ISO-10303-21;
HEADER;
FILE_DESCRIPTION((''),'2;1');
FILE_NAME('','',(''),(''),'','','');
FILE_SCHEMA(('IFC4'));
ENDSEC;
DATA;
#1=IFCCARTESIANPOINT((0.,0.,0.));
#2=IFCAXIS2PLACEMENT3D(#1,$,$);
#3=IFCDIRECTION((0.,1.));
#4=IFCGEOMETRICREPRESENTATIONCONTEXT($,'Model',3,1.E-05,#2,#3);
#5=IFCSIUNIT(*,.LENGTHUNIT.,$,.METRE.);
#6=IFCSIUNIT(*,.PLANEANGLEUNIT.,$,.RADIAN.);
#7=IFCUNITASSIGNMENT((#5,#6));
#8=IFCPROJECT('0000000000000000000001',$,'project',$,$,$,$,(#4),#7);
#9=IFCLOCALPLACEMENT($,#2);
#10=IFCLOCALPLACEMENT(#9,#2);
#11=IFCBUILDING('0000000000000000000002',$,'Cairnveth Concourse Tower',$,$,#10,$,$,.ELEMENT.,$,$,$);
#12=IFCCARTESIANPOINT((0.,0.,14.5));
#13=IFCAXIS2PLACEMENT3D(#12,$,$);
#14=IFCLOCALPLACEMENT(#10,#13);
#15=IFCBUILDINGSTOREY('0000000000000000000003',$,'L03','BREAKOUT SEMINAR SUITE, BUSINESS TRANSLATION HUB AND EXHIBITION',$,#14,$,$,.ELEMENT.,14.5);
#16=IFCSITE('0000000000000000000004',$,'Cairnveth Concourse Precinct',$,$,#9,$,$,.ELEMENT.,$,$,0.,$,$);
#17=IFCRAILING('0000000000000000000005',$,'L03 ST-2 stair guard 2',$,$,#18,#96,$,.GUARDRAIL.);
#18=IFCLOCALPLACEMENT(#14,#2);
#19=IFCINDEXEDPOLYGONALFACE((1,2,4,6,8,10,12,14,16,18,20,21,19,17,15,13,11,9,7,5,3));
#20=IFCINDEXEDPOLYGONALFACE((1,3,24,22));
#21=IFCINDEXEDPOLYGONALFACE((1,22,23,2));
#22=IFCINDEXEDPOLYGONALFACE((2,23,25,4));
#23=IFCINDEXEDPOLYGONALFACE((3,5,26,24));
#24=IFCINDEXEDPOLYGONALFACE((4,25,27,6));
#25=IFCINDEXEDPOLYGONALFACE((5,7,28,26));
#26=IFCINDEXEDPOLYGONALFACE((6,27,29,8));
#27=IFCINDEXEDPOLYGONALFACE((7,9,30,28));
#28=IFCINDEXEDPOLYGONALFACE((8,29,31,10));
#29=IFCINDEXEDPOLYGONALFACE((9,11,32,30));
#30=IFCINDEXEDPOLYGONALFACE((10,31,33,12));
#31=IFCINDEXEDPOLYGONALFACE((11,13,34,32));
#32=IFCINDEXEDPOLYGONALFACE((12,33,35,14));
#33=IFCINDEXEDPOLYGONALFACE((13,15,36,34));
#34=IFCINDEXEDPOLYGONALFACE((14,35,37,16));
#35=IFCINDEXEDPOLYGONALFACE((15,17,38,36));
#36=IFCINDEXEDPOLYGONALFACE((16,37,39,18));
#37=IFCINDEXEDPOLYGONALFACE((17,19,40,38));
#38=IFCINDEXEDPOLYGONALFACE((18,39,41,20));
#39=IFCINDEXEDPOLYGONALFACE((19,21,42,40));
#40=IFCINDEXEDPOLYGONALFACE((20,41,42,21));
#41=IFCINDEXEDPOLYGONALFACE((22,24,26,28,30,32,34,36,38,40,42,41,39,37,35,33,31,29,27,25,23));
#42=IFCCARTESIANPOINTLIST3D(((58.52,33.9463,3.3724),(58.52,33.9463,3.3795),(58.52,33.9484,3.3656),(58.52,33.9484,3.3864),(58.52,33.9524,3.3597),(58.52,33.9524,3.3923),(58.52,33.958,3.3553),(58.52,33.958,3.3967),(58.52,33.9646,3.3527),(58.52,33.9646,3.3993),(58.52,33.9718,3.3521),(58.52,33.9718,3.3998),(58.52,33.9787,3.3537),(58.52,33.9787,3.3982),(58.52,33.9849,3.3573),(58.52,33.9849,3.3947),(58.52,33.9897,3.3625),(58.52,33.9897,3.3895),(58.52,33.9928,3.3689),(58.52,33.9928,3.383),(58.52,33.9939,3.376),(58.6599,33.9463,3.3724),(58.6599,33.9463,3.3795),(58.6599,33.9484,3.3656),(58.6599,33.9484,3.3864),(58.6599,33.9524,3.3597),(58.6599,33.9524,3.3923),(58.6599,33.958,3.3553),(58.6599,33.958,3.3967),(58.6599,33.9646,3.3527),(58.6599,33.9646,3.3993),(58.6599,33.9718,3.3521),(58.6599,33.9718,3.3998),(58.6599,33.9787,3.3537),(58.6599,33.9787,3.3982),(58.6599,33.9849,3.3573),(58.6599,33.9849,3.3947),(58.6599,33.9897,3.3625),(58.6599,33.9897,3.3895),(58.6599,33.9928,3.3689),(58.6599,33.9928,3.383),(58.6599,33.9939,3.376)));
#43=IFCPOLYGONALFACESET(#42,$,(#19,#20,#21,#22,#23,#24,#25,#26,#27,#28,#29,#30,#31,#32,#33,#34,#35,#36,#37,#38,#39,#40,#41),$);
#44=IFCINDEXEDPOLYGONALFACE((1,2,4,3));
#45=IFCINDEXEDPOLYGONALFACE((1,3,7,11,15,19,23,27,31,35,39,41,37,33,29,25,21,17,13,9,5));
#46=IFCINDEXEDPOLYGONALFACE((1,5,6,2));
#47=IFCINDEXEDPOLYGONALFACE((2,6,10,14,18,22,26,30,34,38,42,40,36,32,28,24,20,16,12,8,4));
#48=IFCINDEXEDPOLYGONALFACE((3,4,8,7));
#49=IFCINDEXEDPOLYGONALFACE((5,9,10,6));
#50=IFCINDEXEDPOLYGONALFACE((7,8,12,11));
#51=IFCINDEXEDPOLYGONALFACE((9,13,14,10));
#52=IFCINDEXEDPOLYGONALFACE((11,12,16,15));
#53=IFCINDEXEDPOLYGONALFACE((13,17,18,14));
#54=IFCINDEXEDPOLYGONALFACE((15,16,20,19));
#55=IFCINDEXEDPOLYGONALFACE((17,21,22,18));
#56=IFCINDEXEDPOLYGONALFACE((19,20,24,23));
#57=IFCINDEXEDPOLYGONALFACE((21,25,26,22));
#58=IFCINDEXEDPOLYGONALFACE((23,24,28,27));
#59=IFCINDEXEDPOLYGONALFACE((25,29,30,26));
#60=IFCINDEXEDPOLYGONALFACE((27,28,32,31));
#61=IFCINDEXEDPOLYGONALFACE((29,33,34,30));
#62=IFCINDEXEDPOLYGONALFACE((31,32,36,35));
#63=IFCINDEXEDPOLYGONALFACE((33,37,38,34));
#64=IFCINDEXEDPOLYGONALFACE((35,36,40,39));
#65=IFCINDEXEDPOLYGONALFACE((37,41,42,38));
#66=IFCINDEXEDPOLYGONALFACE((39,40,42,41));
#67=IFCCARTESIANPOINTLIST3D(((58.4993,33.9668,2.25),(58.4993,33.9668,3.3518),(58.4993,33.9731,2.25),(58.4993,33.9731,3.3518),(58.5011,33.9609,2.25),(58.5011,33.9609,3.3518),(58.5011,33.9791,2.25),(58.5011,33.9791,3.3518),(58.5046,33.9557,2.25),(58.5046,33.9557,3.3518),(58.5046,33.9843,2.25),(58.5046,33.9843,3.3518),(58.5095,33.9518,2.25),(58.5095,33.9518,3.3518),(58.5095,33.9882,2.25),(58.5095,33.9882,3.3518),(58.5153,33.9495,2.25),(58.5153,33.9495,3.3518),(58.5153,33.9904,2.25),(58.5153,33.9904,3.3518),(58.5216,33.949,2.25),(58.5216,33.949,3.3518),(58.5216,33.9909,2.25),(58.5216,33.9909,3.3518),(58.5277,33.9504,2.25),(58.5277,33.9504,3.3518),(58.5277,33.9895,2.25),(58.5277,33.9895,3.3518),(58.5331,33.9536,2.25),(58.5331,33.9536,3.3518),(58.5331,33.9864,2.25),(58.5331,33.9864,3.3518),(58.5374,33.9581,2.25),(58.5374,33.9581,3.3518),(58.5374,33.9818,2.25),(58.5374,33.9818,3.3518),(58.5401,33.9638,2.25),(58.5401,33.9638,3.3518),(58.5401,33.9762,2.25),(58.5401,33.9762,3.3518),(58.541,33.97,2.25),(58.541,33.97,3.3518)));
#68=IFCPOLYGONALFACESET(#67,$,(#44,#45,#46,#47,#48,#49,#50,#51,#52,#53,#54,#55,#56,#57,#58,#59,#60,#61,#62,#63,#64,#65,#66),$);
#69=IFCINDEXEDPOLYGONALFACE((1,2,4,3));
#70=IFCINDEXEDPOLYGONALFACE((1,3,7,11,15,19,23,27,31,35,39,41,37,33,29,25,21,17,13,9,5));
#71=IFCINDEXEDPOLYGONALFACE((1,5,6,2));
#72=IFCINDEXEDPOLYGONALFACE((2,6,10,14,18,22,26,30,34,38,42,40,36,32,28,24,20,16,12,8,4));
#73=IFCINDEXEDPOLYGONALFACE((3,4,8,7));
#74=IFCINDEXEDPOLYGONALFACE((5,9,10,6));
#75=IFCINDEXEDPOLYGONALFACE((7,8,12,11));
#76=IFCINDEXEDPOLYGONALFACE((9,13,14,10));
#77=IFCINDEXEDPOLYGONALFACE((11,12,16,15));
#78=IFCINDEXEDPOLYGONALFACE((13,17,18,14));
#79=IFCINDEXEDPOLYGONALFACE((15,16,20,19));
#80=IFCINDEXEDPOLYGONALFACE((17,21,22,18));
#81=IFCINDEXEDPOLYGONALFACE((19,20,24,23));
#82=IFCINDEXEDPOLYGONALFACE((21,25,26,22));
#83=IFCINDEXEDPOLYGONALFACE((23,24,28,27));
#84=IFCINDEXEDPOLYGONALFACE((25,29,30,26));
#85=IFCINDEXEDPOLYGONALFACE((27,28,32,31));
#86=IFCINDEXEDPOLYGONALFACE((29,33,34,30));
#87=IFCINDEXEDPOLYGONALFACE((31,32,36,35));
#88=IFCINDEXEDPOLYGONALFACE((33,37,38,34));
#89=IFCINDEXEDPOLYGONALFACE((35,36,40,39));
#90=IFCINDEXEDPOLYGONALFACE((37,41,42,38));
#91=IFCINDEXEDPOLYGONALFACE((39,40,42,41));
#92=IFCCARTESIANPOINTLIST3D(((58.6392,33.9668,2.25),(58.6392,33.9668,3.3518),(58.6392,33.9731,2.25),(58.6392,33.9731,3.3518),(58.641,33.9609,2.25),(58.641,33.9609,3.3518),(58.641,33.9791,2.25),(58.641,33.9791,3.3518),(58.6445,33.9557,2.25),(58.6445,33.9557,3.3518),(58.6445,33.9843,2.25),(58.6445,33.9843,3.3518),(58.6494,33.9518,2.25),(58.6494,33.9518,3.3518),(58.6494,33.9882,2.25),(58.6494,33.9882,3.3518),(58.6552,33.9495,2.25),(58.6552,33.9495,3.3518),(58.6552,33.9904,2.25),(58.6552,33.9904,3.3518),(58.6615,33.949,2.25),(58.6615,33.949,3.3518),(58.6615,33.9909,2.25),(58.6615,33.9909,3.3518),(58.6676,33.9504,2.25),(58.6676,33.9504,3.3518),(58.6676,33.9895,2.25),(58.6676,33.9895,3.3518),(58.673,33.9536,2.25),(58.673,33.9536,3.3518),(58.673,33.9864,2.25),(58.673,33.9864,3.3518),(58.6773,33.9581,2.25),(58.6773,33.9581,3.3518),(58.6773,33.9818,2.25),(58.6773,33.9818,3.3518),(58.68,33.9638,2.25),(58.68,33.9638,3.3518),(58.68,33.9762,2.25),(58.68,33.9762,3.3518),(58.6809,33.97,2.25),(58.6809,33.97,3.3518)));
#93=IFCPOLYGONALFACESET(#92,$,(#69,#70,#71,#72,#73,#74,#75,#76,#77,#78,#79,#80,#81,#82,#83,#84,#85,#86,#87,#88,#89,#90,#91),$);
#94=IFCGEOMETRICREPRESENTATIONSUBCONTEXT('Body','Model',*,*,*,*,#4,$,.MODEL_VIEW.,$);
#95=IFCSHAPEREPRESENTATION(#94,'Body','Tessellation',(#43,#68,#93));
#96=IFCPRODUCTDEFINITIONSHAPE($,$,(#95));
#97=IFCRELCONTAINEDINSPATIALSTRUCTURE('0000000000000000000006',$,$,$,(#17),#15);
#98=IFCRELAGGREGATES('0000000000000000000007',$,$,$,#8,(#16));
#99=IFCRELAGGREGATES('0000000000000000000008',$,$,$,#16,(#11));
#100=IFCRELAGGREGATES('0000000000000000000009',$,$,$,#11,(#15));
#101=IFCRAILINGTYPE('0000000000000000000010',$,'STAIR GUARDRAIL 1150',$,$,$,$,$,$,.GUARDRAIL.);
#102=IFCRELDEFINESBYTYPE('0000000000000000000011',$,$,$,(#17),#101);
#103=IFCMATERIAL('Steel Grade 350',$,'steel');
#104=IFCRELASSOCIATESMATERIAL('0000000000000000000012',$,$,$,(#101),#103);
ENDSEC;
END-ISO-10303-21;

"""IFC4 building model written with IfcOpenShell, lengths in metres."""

from ifc_helpers import new_model, si_unit, direction, frame, origin, origin_2d, place, context, subcontext, project, spatial, circle, extrude, material, type_object, element, save


model = new_model("IFC4")

# Units and contexts
model_context = context("Model", 3, precision=1e-05, world=origin(), true_north=direction((0.0, 1.0)))
body_context = subcontext(model_context, "Body", "Model", "MODEL_VIEW")
ifc_project = project(units=[si_unit("LENGTHUNIT", "METRE"), si_unit("PLANEANGLEUNIT", "RADIAN")], contexts=[model_context])

# Site, building, storey
site_placement = place(None, origin())
site = spatial("IfcSite", under=ifc_project, at=site_placement, Name="Cairnveth Concourse Precinct", CompositionType="ELEMENT", RefElevation=0.0)
building_placement = place(site_placement, origin())
building = spatial("IfcBuilding", under=site, at=building_placement, Name="Cairnveth Concourse Tower", CompositionType="ELEMENT")
storey_placement = place(building_placement, frame((0.0, 0.0, 14.5)))
storey = spatial("IfcBuildingStorey", under=building, at=storey_placement, Name="L03", Description="BREAKOUT SEMINAR SUITE, BUSINESS TRANSLATION HUB AND EXHIBITION", CompositionType="ELEMENT", Elevation=14.5)

# Shared definitions
ifc_material_1 = material(Name="Steel Grade 350", Category="steel")

# Railing
railing_type_1 = type_object("IfcRailingType", Name="STAIR GUARDRAIL 1150", PredefinedType="GUARDRAIL", material=ifc_material_1)
railing_1_placement = place(storey_placement, frame((58.52, 33.97, 2.25)))
element("IfcRailing", 1, at=railing_1_placement, inside=storey, type_object=railing_type_1, Name="L03 ST-2 stair guard 2", PredefinedType="GUARDRAIL", context=body_context, shape_type="SweptSolid", body=[
    extrude(circle(Radius=0.0239, at=origin_2d()), frame((0.0, 0.0, 1.126), z_axis=(1.0, 0.0, 0.0), x_axis=(0.0, 1.0, 0.0)), (0.0, 0.0, 1.0), 0.1399),
    extrude(circle(Radius=0.021, at=origin_2d()), origin(), (0.0, 0.0, 1.0), 1.1018),
    extrude(circle(Radius=0.021, at=origin_2d()), frame((0.1399, 0.0, 0.0)), (0.0, 0.0, 1.0), 1.1018),
])

save(model, "model.ifc")
